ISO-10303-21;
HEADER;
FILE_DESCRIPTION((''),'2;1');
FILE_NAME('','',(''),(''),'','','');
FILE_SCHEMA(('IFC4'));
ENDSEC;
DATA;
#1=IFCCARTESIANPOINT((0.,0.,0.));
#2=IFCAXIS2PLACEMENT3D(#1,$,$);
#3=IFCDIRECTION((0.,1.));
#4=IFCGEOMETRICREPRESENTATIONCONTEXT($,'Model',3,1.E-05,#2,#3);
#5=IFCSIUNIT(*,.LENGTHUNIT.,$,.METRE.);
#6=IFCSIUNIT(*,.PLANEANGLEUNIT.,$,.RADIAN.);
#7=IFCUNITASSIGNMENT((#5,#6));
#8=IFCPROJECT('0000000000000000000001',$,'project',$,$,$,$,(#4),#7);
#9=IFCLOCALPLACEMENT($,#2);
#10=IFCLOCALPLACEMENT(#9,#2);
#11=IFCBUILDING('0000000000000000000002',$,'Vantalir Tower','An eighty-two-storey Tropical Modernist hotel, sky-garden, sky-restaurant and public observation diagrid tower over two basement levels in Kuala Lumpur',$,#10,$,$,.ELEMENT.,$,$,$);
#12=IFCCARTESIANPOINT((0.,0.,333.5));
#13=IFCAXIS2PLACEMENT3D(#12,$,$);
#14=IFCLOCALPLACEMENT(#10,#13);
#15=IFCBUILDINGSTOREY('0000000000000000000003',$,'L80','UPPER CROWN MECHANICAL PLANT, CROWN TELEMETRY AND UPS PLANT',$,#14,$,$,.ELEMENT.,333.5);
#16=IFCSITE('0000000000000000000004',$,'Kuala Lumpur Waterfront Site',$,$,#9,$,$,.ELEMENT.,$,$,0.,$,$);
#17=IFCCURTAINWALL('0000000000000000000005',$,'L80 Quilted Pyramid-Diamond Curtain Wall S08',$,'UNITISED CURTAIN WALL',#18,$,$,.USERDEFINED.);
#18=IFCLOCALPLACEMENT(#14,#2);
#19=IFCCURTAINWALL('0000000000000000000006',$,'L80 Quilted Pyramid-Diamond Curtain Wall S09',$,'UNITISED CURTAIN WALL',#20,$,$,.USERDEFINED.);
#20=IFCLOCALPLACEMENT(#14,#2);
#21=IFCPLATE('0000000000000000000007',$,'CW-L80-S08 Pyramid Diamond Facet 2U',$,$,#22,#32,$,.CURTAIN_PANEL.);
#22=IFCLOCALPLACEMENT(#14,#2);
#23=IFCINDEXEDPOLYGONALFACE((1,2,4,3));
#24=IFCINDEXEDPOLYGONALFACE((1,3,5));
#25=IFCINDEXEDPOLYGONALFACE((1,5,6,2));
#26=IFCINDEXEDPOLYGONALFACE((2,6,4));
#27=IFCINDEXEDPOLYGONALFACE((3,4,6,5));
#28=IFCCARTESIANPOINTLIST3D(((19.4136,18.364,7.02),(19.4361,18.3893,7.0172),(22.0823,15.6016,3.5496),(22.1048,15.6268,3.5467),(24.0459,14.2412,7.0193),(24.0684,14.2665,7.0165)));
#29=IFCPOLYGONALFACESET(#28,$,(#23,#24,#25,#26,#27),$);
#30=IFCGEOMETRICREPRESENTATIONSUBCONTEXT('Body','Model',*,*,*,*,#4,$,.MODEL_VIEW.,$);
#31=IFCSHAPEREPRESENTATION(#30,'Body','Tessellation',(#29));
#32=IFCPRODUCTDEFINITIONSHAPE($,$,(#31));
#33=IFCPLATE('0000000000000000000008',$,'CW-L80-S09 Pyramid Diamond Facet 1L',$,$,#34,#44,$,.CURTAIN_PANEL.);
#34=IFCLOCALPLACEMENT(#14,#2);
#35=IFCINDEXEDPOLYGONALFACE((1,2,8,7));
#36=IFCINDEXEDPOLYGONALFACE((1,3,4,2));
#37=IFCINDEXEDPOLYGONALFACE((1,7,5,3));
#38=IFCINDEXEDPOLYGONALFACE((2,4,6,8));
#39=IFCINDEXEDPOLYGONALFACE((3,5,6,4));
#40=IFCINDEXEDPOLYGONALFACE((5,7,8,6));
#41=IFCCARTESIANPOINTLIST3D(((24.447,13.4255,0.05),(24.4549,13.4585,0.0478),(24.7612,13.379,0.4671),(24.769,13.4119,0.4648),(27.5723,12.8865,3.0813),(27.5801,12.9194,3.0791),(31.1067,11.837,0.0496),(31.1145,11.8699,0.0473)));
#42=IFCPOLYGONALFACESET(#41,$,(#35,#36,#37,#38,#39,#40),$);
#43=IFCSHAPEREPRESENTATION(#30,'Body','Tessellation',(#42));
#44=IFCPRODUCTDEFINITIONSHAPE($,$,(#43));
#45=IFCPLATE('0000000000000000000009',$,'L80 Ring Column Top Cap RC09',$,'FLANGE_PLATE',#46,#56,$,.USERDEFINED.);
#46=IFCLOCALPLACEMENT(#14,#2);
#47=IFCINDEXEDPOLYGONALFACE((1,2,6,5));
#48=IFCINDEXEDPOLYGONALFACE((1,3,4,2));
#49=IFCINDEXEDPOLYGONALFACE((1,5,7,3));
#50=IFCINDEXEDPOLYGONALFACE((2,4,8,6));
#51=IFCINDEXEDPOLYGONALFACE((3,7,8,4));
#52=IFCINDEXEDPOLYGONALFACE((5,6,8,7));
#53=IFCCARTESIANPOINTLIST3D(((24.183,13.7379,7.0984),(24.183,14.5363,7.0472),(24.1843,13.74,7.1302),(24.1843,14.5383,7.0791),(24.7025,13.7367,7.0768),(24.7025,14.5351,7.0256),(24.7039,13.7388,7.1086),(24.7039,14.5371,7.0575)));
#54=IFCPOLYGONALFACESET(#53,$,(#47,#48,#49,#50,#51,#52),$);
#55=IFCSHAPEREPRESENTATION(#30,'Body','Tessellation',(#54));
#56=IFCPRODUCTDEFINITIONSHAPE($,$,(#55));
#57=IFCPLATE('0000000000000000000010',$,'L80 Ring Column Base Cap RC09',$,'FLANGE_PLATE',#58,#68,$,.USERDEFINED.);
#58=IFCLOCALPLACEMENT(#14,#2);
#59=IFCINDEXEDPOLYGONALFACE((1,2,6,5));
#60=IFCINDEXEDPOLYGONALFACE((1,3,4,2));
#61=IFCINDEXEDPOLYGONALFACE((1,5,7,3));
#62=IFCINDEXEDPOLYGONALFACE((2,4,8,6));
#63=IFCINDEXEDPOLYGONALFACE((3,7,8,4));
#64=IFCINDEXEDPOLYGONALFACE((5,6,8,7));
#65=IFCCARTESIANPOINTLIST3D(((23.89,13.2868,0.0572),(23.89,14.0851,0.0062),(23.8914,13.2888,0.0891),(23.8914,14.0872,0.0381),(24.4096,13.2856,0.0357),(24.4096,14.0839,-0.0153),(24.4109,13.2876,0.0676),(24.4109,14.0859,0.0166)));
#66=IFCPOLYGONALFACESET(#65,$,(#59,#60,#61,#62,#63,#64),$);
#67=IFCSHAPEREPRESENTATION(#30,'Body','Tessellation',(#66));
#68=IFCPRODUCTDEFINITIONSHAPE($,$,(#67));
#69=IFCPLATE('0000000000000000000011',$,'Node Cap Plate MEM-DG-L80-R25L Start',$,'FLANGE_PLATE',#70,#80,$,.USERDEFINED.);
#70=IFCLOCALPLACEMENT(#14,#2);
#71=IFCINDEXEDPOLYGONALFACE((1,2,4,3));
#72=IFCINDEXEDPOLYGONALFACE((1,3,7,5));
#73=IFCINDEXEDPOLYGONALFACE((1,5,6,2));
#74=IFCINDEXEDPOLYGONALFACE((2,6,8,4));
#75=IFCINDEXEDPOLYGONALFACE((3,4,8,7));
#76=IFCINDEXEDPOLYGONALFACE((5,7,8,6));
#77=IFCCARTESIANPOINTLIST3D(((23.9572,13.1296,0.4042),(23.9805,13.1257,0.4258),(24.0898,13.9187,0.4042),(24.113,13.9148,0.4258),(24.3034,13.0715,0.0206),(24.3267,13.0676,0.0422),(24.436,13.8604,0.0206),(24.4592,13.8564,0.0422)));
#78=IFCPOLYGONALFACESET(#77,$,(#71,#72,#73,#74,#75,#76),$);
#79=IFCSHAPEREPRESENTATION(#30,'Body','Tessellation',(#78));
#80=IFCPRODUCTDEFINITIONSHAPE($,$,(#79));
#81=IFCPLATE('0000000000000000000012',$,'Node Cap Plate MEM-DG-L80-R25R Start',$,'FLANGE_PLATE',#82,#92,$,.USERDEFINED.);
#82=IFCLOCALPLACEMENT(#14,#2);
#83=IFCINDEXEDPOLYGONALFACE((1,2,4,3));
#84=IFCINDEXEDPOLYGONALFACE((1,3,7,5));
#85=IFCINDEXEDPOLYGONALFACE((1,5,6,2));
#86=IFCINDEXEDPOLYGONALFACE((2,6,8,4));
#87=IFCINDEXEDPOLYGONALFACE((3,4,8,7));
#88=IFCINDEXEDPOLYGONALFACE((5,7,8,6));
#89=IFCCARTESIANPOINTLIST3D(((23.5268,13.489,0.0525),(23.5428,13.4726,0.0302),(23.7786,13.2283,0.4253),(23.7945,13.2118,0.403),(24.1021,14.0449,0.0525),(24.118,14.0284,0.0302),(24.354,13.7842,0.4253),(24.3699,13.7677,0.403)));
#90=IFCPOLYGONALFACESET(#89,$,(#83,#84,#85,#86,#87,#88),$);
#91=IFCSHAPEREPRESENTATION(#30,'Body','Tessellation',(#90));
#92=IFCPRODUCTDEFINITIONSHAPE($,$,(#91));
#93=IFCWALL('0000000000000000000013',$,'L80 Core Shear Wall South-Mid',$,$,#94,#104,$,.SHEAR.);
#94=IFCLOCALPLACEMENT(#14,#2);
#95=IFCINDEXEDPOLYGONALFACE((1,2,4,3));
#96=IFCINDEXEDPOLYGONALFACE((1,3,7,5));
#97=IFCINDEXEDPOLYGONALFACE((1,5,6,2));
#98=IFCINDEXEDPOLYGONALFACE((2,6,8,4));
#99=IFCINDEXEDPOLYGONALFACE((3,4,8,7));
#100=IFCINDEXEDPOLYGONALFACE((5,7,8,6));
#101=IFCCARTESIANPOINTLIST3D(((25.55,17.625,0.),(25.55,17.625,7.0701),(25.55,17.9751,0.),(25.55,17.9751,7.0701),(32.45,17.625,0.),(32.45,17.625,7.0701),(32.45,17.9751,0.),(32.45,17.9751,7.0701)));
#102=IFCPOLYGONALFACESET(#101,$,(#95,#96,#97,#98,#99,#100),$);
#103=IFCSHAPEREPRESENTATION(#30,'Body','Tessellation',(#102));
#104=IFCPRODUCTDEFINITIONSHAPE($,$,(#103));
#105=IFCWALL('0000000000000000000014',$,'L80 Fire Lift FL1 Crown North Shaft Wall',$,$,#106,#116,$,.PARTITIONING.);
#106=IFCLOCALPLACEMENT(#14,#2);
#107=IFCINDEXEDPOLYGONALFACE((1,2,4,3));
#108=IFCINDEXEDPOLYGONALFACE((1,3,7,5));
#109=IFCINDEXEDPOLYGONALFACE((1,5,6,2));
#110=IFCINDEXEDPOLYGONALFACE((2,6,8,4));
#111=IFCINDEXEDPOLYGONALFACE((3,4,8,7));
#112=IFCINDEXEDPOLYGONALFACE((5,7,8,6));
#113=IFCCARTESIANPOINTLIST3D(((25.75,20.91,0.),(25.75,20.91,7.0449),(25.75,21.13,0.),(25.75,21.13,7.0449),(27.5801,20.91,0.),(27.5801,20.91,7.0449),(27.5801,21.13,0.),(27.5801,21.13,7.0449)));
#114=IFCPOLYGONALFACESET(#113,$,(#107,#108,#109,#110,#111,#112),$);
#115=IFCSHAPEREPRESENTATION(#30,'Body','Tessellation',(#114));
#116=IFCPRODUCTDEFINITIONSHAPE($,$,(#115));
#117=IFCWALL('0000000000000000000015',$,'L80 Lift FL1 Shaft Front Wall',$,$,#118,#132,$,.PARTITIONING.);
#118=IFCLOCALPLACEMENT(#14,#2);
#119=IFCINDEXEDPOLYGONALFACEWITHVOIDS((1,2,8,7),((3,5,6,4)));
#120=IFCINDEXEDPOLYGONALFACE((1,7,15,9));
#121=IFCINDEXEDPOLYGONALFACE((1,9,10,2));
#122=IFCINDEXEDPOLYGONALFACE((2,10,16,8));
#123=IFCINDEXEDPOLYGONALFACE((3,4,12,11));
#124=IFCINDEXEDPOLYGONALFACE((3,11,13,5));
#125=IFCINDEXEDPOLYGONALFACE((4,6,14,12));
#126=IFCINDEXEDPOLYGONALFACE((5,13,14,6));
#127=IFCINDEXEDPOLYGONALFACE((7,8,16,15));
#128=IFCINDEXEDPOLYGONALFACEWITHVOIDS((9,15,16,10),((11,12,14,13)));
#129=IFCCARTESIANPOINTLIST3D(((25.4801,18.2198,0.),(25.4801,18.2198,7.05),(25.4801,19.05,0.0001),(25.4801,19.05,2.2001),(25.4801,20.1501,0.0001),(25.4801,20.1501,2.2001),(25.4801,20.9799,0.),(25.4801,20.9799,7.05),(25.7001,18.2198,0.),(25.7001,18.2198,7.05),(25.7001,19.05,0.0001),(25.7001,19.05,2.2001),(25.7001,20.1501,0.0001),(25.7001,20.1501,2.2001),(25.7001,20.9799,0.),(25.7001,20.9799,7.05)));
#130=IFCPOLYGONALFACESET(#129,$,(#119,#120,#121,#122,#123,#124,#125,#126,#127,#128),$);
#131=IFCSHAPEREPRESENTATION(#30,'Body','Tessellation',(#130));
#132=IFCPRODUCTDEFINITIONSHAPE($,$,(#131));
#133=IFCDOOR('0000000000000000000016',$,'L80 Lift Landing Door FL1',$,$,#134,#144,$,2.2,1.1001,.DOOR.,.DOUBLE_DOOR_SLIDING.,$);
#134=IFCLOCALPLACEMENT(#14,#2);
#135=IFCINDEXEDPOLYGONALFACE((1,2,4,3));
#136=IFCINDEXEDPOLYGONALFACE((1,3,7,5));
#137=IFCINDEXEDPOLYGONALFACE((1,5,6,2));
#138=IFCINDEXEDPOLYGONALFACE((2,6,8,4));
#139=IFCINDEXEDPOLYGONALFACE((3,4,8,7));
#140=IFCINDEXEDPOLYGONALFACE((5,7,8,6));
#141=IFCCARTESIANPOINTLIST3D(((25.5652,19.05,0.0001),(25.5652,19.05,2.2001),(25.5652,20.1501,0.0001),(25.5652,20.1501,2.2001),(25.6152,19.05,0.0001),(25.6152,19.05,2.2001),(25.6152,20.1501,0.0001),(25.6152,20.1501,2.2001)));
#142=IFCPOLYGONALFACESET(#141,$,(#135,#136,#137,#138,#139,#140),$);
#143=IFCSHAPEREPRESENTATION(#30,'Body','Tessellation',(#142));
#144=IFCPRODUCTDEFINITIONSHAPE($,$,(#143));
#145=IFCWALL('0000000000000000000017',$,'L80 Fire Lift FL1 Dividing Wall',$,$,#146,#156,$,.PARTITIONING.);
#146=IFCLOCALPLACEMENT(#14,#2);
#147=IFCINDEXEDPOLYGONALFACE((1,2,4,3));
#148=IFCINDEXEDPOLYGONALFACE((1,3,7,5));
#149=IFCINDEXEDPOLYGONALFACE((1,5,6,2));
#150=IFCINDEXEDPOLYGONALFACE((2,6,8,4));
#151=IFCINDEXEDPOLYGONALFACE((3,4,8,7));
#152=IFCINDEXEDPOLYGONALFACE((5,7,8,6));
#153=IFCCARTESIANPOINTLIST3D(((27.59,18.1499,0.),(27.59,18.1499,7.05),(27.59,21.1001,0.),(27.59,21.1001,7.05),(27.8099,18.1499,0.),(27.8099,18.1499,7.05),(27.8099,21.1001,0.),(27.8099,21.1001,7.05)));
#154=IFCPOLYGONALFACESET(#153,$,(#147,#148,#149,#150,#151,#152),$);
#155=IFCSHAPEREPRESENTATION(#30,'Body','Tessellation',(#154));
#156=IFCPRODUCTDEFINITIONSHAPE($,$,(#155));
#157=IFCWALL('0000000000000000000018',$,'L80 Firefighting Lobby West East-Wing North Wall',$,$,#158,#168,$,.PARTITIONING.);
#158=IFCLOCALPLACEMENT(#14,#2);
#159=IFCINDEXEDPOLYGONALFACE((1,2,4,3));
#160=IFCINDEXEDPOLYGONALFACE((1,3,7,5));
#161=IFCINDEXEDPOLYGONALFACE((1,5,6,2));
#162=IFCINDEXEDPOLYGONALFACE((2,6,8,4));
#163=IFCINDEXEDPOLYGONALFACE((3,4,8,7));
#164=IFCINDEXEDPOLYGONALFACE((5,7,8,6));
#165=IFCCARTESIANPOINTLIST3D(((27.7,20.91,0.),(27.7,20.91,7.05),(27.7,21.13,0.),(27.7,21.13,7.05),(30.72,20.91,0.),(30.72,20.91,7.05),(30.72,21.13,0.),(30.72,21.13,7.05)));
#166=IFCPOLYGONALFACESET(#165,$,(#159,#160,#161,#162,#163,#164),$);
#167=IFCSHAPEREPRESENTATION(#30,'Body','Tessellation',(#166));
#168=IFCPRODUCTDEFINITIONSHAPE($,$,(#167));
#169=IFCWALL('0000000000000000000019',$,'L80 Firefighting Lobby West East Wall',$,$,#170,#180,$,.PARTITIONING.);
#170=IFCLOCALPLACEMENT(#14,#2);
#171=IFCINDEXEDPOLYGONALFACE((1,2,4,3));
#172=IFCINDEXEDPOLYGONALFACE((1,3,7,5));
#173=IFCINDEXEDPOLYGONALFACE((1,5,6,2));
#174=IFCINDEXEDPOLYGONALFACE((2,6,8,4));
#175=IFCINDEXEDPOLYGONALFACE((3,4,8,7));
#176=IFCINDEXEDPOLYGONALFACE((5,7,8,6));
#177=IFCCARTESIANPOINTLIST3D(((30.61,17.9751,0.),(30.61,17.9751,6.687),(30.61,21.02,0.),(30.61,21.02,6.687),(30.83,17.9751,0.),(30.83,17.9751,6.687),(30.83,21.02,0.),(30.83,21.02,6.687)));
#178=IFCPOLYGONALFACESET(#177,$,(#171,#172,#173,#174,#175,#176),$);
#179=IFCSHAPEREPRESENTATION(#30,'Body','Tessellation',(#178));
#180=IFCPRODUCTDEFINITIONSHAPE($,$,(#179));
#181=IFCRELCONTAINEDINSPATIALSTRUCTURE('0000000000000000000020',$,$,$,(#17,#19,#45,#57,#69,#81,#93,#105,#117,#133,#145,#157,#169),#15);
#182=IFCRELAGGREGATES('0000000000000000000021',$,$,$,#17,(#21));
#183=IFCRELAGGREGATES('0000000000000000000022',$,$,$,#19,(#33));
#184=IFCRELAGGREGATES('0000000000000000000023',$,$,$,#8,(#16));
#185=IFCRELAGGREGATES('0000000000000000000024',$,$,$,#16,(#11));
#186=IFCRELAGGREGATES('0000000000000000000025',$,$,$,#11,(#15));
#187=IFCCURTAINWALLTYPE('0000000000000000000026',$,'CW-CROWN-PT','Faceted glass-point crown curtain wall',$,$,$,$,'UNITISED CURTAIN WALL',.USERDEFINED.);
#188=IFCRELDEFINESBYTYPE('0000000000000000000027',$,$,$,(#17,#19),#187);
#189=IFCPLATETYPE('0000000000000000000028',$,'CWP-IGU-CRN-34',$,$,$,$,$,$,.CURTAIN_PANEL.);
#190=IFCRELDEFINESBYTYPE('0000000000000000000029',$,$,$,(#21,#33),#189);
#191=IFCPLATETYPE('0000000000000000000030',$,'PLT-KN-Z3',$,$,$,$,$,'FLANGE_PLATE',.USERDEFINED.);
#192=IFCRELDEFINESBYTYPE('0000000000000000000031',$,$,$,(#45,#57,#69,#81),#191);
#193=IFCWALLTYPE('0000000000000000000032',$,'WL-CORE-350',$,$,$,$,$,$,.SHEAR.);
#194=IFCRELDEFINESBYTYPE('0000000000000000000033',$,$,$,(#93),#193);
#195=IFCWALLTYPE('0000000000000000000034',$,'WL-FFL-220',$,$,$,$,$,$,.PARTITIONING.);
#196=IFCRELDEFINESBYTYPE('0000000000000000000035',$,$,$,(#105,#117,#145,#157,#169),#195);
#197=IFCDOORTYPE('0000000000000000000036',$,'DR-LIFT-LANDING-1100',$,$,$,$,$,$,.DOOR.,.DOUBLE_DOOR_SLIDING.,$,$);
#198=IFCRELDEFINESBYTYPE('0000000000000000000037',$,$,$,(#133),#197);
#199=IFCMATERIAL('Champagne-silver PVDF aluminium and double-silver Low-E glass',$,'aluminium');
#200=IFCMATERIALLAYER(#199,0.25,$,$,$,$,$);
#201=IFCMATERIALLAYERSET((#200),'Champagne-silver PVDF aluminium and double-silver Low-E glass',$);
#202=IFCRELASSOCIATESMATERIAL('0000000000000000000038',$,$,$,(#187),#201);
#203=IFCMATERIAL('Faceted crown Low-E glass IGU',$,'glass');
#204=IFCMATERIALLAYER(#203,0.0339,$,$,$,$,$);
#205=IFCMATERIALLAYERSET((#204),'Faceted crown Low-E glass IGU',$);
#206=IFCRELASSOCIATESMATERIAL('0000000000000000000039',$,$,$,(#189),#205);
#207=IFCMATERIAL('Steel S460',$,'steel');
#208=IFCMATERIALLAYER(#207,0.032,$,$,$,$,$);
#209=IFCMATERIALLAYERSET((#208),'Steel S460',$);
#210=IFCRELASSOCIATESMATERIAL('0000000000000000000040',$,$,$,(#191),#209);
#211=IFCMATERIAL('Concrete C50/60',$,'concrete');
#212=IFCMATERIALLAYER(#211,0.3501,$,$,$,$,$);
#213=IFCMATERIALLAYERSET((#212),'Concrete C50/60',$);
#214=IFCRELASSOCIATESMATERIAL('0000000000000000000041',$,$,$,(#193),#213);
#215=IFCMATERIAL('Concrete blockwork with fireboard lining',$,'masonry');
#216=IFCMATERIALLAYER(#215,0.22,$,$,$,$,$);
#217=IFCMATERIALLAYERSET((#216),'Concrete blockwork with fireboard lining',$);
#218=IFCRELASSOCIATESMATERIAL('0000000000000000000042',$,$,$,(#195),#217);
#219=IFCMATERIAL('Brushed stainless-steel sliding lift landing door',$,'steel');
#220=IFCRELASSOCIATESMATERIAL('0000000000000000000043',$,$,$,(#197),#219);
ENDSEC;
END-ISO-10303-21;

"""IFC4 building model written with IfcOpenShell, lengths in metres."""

from ifc_helpers import new_model, si_unit, direction, frame, frame_2d, origin, place, context, subcontext, project, spatial, polyline, rectangle, outline, extrude, material, layer, layer_set, type_object, element, fill, aggregate, save


model = new_model("IFC4")

# Units and contexts
model_context = context("Model", 3, precision=1e-05, world=origin(), true_north=direction((0.0, 1.0)))
body_context = subcontext(model_context, "Body", "Model", "MODEL_VIEW")
ifc_project = project(units=[si_unit("LENGTHUNIT", "METRE"), si_unit("PLANEANGLEUNIT", "RADIAN")], contexts=[model_context])

# Site, building, storey
site_placement = place(None, origin())
site = spatial("IfcSite", under=ifc_project, at=site_placement, Name="Kuala Lumpur Waterfront Site", CompositionType="ELEMENT", RefElevation=0.0)
building_placement = place(site_placement, origin())
building = spatial("IfcBuilding", under=site, at=building_placement, Name="Vantalir Tower", Description="An eighty-two-storey Tropical Modernist hotel, sky-garden, sky-restaurant and public observation diagrid tower over two basement levels in Kuala Lumpur", CompositionType="ELEMENT")
storey_placement = place(building_placement, frame((0.0, 0.0, 333.5)))
storey = spatial("IfcBuildingStorey", under=building, at=storey_placement, Name="L80", Description="UPPER CROWN MECHANICAL PLANT, CROWN TELEMETRY AND UPS PLANT", CompositionType="ELEMENT", Elevation=333.5)

# Shared definitions
ifc_material_1 = material(Name="Concrete C50/60", Category="concrete")
ifc_material_2 = material(Name="Steel S460", Category="steel")

# Curtain wall
ifc_material_3 = material(Name="Champagne-silver PVDF aluminium and double-silver Low-E glass", Category="aluminium")
ifc_layer_1 = layer(ifc_material_3, 0.25)
ifc_layer_set_1 = layer_set([ifc_layer_1], Name="Champagne-silver PVDF aluminium and double-silver Low-E glass")
curtain_wall_type = type_object("IfcCurtainWallType", Name="CW-CROWN-PT", Description="Faceted glass-point crown curtain wall", ElementType="UNITISED CURTAIN WALL", PredefinedType="USERDEFINED", material=ifc_layer_set_1)
curtain_wall_1_placement = place(storey_placement, origin())
curtain_wall_1 = element("IfcCurtainWall", 1, at=curtain_wall_1_placement, inside=storey, type_object=curtain_wall_type, Name="L80 Quilted Pyramid-Diamond Curtain Wall S08", ObjectType="UNITISED CURTAIN WALL", PredefinedType="USERDEFINED")

# Curtain wall
curtain_wall_2_placement = place(storey_placement, origin())
curtain_wall_2 = element("IfcCurtainWall", 2, at=curtain_wall_2_placement, inside=storey, type_object=curtain_wall_type, Name="L80 Quilted Pyramid-Diamond Curtain Wall S09", ObjectType="UNITISED CURTAIN WALL", PredefinedType="USERDEFINED")

# Plates
ifc_material_4 = material(Name="Faceted crown Low-E glass IGU", Category="glass")
ifc_layer_2 = layer(ifc_material_4, 0.0339)
ifc_layer_set_2 = layer_set([ifc_layer_2], Name="Faceted crown Low-E glass IGU")
plate_type_1 = type_object("IfcPlateType", Name="CWP-IGU-CRN-34", PredefinedType="CURTAIN_PANEL", material=ifc_layer_set_2)
plate_1_placement = place(storey_placement, frame((24.0459, 14.2412, 7.0193), z_axis=(-0.662525, -0.744418, 0.083084), x_axis=(-0.746994, 0.66483, 0.000118)))
plate_1 = element("IfcPlate", 3, at=plate_1_placement, type_object=plate_type_1, Name="CW-L80-S08 Pyramid Diamond Facet 2U", PredefinedType="CURTAIN_PANEL", context=body_context, shape_type="SweptSolid", body=[
    extrude(outline(polyline([(0.0, 0.0), (6.2013, 0.0), (2.3708, 3.482), (0.0, 0.0)])), origin(), (0.0, 0.0, -1.0), 0.0339),
])
aggregate(curtain_wall_1, [plate_1])
plate_2_placement = place(storey_placement, frame((24.447, 13.4255, 0.05), z_axis=(-0.231511, -0.970585, 0.066086), x_axis=(0.97271, -0.232023, -0.00007)))
plate_2 = element("IfcPlate", 4, at=plate_2_placement, type_object=plate_type_1, Name="CW-L80-S09 Pyramid Diamond Facet 1L", PredefinedType="CURTAIN_PANEL", context=body_context, shape_type="SweptSolid", body=[
    extrude(outline(polyline([(0.0, 0.0), (6.8465, 0.0), (3.1648, 3.0381), (0.3164, 0.4179), (0.0, 0.0)])), origin(), (0.0, 0.0, -1.0), 0.0339),
])
aggregate(curtain_wall_2, [plate_2])

# Plates
ifc_layer_3 = layer(ifc_material_2, 0.032)
ifc_layer_set_3 = layer_set([ifc_layer_3], Name="Steel S460")
plate_type_2 = type_object("IfcPlateType", Name="PLT-KN-Z3", ElementType="FLANGE_PLATE", PredefinedType="USERDEFINED", material=ifc_layer_set_3)
plate_3_placement = place(storey_placement, frame((24.1843, 14.5383, 7.0791), z_axis=(0.041617, 0.063881, 0.997089), x_axis=(-0.000006, -0.997954, 0.063936)))
element("IfcPlate", 5, at=plate_3_placement, inside=storey, type_object=plate_type_2, Name="L80 Ring Column Top Cap RC09", ObjectType="FLANGE_PLATE", PredefinedType="USERDEFINED", context=body_context, shape_type="SweptSolid", body=[
    extrude(outline(polyline([(0.0, 0.0), (0.8, 0.0), (0.7998, 0.52), (-0.0002, 0.52), (0.0, 0.0)])), origin(), (0.0, 0.0, -1.0), 0.032),
])
plate_4_placement = place(storey_placement, frame((23.8914, 14.0872, 0.0381), z_axis=(0.041384, 0.06373, 0.997109), x_axis=(0.0, -0.997964, 0.063784)))
element("IfcPlate", 6, at=plate_4_placement, inside=storey, type_object=plate_type_2, Name="L80 Ring Column Base Cap RC09", ObjectType="FLANGE_PLATE", PredefinedType="USERDEFINED", context=body_context, shape_type="SweptSolid", body=[
    extrude(outline(polyline([(0.0, 0.0), (0.8, 0.0), (0.7998, 0.52), (-0.0002, 0.52), (0.0, 0.0)])), origin(), (0.0, 0.0, -1.0), 0.032),
])
plate_5_placement = place(storey_placement, frame((24.3267, 13.0676, 0.0422), z_axis=(0.727462, -0.122238, 0.675172), x_axis=(0.165722, 0.986173, -0.000013)))
element("IfcPlate", 7, at=plate_5_placement, inside=storey, type_object=plate_type_2, Name="Node Cap Plate MEM-DG-L80-R25L Start", ObjectType="FLANGE_PLATE", PredefinedType="USERDEFINED", context=body_context, shape_type="SweptSolid", body=[
    extrude(outline(polyline([(0.0, 0.0), (0.7999, 0.0), (0.8, 0.52), (-0.0001, 0.5199), (0.0, 0.0)])), origin(), (0.0, 0.0, -1.0), 0.032),
])
plate_6_placement = place(storey_placement, frame((24.1021, 14.0449, 0.0525), z_axis=(-0.498185, 0.515579, 0.697129), x_axis=(-0.719097, -0.694909, 0.000053)))
element("IfcPlate", 8, at=plate_6_placement, inside=storey, type_object=plate_type_2, Name="Node Cap Plate MEM-DG-L80-R25R Start", ObjectType="FLANGE_PLATE", PredefinedType="USERDEFINED", context=body_context, shape_type="SweptSolid", body=[
    extrude(outline(polyline([(0.0, 0.0), (0.7999, 0.0), (0.8001, 0.5199), (0.0, 0.52), (0.0, 0.0)])), origin(), (0.0, 0.0, -1.0), 0.032),
])

# Walls
ifc_layer_4 = layer(ifc_material_1, 0.3501)
ifc_layer_set_4 = layer_set([ifc_layer_4], Name="Concrete C50/60")
wall_type_1 = type_object("IfcWallType", Name="WL-CORE-350", PredefinedType="SHEAR", material=ifc_layer_set_4)
wall_1_placement = place(storey_placement, frame((25.55, 17.8, 0.0), z_axis=(0.0, 0.0, 1.0), x_axis=(1.0, 0.0, 0.0)))
element("IfcWall", 9, at=wall_1_placement, inside=storey, type_object=wall_type_1, Name="L80 Core Shear Wall South-Mid", PredefinedType="SHEAR", context=body_context, shape_type="SweptSolid", body=[
    extrude(rectangle(XDim=6.8999, YDim=0.3501, at=frame_2d((3.45, 0.0))), origin(), (0.0, 0.0, 1.0), 7.0701),
])
ifc_material_5 = material(Name="Concrete blockwork with fireboard lining", Category="masonry")
ifc_layer_5 = layer(ifc_material_5, 0.22)
ifc_layer_set_5 = layer_set([ifc_layer_5], Name="Concrete blockwork with fireboard lining")
wall_type_2 = type_object("IfcWallType", Name="WL-FFL-220", PredefinedType="PARTITIONING", material=ifc_layer_set_5)
wall_2_placement = place(storey_placement, frame((25.75, 21.02, 0.0), z_axis=(0.0, 0.0, 1.0), x_axis=(1.0, 0.0, 0.0)))
element("IfcWall", 10, at=wall_2_placement, inside=storey, type_object=wall_type_2, Name="L80 Fire Lift FL1 Crown North Shaft Wall", PredefinedType="PARTITIONING", context=body_context, shape_type="SweptSolid", body=[
    extrude(rectangle(XDim=1.8301, YDim=0.22, at=frame_2d((0.915, 0.0))), origin(), (0.0, 0.0, 1.0), 7.0449),
])

# Wall, opening, door
wall_3_placement = place(storey_placement, frame((25.5901, 18.22, 0.0), z_axis=(0.0, 0.0, 1.0), x_axis=(0.0, 1.0, 0.0)))
wall_3 = element("IfcWall", 11, at=wall_3_placement, inside=storey, type_object=wall_type_2, Name="L80 Lift FL1 Shaft Front Wall", PredefinedType="PARTITIONING", context=body_context, shape_type="SweptSolid", body=[
    extrude(rectangle(XDim=2.76, YDim=0.22, at=frame_2d((1.3799, 0.0))), origin(), (0.0, 0.0, 1.0), 7.05),
])
opening_1_placement = place(wall_3_placement, frame((0.8301, 0.0, 0.0)))
opening_1 = element("IfcOpeningElement", 12, at=opening_1_placement, cuts=wall_3, PredefinedType="OPENING", context=body_context, shape_type="SweptSolid", body=[
    extrude(rectangle(XDim=1.1001, YDim=2.2, at=frame_2d((0.55, 1.1001))), frame((0.0, 0.1199, 0.0), z_axis=(0.0, -1.0, 0.0), x_axis=(1.0, 0.0, 0.0)), (0.0, 0.0, 1.0), 0.24),
])
ifc_material_6 = material(Name="Brushed stainless-steel sliding lift landing door", Category="steel")
door_type_1 = type_object("IfcDoorType", Name="DR-LIFT-LANDING-1100", OperationType="DOUBLE_DOOR_SLIDING", PredefinedType="DOOR", material=ifc_material_6)
door_1_placement = place(opening_1_placement, origin())
door_1 = element("IfcDoor", 13, at=door_1_placement, inside=storey, type_object=door_type_1, Name="L80 Lift Landing Door FL1", OperationType="DOUBLE_DOOR_SLIDING", OverallHeight=2.2, OverallWidth=1.1001, PredefinedType="DOOR", context=body_context, shape_type="SweptSolid", body=[
    extrude(rectangle(XDim=1.1001, YDim=2.2, at=frame_2d((0.55, 1.1001))), frame((0.0, 0.0249, 0.0), z_axis=(0.0, -1.0, 0.0), x_axis=(1.0, 0.0, 0.0)), (0.0, 0.0, 1.0), 0.05),
])
fill(opening_1, door_1)

# Walls
wall_4_placement = place(storey_placement, frame((27.7, 18.1499, 0.0), z_axis=(0.0, 0.0, 1.0), x_axis=(0.0, 1.0, 0.0)))
element("IfcWall", 14, at=wall_4_placement, inside=storey, type_object=wall_type_2, Name="L80 Fire Lift FL1 Dividing Wall", PredefinedType="PARTITIONING", context=body_context, shape_type="SweptSolid", body=[
    extrude(rectangle(XDim=2.9502, YDim=0.22, at=frame_2d((1.4751, 0.0))), origin(), (0.0, 0.0, 1.0), 7.05),
])
wall_5_placement = place(storey_placement, frame((27.7, 21.02, 0.0), z_axis=(0.0, 0.0, 1.0), x_axis=(1.0, 0.0, 0.0)))
element("IfcWall", 15, at=wall_5_placement, inside=storey, type_object=wall_type_2, Name="L80 Firefighting Lobby West East-Wing North Wall", PredefinedType="PARTITIONING", context=body_context, shape_type="SweptSolid", body=[
    extrude(rectangle(XDim=3.02, YDim=0.22, at=frame_2d((1.51, 0.0))), origin(), (0.0, 0.0, 1.0), 7.05),
])
wall_6_placement = place(storey_placement, frame((30.72, 17.9751, 0.0), z_axis=(0.0, 0.0, 1.0), x_axis=(0.0, 1.0, 0.0)))
element("IfcWall", 16, at=wall_6_placement, inside=storey, type_object=wall_type_2, Name="L80 Firefighting Lobby West East Wall", PredefinedType="PARTITIONING", context=body_context, shape_type="SweptSolid", body=[
    extrude(rectangle(XDim=3.0449, YDim=0.22, at=frame_2d((1.5225, 0.0))), origin(), (0.0, 0.0, 1.0), 6.687),
])

save(model, "model.ifc")
